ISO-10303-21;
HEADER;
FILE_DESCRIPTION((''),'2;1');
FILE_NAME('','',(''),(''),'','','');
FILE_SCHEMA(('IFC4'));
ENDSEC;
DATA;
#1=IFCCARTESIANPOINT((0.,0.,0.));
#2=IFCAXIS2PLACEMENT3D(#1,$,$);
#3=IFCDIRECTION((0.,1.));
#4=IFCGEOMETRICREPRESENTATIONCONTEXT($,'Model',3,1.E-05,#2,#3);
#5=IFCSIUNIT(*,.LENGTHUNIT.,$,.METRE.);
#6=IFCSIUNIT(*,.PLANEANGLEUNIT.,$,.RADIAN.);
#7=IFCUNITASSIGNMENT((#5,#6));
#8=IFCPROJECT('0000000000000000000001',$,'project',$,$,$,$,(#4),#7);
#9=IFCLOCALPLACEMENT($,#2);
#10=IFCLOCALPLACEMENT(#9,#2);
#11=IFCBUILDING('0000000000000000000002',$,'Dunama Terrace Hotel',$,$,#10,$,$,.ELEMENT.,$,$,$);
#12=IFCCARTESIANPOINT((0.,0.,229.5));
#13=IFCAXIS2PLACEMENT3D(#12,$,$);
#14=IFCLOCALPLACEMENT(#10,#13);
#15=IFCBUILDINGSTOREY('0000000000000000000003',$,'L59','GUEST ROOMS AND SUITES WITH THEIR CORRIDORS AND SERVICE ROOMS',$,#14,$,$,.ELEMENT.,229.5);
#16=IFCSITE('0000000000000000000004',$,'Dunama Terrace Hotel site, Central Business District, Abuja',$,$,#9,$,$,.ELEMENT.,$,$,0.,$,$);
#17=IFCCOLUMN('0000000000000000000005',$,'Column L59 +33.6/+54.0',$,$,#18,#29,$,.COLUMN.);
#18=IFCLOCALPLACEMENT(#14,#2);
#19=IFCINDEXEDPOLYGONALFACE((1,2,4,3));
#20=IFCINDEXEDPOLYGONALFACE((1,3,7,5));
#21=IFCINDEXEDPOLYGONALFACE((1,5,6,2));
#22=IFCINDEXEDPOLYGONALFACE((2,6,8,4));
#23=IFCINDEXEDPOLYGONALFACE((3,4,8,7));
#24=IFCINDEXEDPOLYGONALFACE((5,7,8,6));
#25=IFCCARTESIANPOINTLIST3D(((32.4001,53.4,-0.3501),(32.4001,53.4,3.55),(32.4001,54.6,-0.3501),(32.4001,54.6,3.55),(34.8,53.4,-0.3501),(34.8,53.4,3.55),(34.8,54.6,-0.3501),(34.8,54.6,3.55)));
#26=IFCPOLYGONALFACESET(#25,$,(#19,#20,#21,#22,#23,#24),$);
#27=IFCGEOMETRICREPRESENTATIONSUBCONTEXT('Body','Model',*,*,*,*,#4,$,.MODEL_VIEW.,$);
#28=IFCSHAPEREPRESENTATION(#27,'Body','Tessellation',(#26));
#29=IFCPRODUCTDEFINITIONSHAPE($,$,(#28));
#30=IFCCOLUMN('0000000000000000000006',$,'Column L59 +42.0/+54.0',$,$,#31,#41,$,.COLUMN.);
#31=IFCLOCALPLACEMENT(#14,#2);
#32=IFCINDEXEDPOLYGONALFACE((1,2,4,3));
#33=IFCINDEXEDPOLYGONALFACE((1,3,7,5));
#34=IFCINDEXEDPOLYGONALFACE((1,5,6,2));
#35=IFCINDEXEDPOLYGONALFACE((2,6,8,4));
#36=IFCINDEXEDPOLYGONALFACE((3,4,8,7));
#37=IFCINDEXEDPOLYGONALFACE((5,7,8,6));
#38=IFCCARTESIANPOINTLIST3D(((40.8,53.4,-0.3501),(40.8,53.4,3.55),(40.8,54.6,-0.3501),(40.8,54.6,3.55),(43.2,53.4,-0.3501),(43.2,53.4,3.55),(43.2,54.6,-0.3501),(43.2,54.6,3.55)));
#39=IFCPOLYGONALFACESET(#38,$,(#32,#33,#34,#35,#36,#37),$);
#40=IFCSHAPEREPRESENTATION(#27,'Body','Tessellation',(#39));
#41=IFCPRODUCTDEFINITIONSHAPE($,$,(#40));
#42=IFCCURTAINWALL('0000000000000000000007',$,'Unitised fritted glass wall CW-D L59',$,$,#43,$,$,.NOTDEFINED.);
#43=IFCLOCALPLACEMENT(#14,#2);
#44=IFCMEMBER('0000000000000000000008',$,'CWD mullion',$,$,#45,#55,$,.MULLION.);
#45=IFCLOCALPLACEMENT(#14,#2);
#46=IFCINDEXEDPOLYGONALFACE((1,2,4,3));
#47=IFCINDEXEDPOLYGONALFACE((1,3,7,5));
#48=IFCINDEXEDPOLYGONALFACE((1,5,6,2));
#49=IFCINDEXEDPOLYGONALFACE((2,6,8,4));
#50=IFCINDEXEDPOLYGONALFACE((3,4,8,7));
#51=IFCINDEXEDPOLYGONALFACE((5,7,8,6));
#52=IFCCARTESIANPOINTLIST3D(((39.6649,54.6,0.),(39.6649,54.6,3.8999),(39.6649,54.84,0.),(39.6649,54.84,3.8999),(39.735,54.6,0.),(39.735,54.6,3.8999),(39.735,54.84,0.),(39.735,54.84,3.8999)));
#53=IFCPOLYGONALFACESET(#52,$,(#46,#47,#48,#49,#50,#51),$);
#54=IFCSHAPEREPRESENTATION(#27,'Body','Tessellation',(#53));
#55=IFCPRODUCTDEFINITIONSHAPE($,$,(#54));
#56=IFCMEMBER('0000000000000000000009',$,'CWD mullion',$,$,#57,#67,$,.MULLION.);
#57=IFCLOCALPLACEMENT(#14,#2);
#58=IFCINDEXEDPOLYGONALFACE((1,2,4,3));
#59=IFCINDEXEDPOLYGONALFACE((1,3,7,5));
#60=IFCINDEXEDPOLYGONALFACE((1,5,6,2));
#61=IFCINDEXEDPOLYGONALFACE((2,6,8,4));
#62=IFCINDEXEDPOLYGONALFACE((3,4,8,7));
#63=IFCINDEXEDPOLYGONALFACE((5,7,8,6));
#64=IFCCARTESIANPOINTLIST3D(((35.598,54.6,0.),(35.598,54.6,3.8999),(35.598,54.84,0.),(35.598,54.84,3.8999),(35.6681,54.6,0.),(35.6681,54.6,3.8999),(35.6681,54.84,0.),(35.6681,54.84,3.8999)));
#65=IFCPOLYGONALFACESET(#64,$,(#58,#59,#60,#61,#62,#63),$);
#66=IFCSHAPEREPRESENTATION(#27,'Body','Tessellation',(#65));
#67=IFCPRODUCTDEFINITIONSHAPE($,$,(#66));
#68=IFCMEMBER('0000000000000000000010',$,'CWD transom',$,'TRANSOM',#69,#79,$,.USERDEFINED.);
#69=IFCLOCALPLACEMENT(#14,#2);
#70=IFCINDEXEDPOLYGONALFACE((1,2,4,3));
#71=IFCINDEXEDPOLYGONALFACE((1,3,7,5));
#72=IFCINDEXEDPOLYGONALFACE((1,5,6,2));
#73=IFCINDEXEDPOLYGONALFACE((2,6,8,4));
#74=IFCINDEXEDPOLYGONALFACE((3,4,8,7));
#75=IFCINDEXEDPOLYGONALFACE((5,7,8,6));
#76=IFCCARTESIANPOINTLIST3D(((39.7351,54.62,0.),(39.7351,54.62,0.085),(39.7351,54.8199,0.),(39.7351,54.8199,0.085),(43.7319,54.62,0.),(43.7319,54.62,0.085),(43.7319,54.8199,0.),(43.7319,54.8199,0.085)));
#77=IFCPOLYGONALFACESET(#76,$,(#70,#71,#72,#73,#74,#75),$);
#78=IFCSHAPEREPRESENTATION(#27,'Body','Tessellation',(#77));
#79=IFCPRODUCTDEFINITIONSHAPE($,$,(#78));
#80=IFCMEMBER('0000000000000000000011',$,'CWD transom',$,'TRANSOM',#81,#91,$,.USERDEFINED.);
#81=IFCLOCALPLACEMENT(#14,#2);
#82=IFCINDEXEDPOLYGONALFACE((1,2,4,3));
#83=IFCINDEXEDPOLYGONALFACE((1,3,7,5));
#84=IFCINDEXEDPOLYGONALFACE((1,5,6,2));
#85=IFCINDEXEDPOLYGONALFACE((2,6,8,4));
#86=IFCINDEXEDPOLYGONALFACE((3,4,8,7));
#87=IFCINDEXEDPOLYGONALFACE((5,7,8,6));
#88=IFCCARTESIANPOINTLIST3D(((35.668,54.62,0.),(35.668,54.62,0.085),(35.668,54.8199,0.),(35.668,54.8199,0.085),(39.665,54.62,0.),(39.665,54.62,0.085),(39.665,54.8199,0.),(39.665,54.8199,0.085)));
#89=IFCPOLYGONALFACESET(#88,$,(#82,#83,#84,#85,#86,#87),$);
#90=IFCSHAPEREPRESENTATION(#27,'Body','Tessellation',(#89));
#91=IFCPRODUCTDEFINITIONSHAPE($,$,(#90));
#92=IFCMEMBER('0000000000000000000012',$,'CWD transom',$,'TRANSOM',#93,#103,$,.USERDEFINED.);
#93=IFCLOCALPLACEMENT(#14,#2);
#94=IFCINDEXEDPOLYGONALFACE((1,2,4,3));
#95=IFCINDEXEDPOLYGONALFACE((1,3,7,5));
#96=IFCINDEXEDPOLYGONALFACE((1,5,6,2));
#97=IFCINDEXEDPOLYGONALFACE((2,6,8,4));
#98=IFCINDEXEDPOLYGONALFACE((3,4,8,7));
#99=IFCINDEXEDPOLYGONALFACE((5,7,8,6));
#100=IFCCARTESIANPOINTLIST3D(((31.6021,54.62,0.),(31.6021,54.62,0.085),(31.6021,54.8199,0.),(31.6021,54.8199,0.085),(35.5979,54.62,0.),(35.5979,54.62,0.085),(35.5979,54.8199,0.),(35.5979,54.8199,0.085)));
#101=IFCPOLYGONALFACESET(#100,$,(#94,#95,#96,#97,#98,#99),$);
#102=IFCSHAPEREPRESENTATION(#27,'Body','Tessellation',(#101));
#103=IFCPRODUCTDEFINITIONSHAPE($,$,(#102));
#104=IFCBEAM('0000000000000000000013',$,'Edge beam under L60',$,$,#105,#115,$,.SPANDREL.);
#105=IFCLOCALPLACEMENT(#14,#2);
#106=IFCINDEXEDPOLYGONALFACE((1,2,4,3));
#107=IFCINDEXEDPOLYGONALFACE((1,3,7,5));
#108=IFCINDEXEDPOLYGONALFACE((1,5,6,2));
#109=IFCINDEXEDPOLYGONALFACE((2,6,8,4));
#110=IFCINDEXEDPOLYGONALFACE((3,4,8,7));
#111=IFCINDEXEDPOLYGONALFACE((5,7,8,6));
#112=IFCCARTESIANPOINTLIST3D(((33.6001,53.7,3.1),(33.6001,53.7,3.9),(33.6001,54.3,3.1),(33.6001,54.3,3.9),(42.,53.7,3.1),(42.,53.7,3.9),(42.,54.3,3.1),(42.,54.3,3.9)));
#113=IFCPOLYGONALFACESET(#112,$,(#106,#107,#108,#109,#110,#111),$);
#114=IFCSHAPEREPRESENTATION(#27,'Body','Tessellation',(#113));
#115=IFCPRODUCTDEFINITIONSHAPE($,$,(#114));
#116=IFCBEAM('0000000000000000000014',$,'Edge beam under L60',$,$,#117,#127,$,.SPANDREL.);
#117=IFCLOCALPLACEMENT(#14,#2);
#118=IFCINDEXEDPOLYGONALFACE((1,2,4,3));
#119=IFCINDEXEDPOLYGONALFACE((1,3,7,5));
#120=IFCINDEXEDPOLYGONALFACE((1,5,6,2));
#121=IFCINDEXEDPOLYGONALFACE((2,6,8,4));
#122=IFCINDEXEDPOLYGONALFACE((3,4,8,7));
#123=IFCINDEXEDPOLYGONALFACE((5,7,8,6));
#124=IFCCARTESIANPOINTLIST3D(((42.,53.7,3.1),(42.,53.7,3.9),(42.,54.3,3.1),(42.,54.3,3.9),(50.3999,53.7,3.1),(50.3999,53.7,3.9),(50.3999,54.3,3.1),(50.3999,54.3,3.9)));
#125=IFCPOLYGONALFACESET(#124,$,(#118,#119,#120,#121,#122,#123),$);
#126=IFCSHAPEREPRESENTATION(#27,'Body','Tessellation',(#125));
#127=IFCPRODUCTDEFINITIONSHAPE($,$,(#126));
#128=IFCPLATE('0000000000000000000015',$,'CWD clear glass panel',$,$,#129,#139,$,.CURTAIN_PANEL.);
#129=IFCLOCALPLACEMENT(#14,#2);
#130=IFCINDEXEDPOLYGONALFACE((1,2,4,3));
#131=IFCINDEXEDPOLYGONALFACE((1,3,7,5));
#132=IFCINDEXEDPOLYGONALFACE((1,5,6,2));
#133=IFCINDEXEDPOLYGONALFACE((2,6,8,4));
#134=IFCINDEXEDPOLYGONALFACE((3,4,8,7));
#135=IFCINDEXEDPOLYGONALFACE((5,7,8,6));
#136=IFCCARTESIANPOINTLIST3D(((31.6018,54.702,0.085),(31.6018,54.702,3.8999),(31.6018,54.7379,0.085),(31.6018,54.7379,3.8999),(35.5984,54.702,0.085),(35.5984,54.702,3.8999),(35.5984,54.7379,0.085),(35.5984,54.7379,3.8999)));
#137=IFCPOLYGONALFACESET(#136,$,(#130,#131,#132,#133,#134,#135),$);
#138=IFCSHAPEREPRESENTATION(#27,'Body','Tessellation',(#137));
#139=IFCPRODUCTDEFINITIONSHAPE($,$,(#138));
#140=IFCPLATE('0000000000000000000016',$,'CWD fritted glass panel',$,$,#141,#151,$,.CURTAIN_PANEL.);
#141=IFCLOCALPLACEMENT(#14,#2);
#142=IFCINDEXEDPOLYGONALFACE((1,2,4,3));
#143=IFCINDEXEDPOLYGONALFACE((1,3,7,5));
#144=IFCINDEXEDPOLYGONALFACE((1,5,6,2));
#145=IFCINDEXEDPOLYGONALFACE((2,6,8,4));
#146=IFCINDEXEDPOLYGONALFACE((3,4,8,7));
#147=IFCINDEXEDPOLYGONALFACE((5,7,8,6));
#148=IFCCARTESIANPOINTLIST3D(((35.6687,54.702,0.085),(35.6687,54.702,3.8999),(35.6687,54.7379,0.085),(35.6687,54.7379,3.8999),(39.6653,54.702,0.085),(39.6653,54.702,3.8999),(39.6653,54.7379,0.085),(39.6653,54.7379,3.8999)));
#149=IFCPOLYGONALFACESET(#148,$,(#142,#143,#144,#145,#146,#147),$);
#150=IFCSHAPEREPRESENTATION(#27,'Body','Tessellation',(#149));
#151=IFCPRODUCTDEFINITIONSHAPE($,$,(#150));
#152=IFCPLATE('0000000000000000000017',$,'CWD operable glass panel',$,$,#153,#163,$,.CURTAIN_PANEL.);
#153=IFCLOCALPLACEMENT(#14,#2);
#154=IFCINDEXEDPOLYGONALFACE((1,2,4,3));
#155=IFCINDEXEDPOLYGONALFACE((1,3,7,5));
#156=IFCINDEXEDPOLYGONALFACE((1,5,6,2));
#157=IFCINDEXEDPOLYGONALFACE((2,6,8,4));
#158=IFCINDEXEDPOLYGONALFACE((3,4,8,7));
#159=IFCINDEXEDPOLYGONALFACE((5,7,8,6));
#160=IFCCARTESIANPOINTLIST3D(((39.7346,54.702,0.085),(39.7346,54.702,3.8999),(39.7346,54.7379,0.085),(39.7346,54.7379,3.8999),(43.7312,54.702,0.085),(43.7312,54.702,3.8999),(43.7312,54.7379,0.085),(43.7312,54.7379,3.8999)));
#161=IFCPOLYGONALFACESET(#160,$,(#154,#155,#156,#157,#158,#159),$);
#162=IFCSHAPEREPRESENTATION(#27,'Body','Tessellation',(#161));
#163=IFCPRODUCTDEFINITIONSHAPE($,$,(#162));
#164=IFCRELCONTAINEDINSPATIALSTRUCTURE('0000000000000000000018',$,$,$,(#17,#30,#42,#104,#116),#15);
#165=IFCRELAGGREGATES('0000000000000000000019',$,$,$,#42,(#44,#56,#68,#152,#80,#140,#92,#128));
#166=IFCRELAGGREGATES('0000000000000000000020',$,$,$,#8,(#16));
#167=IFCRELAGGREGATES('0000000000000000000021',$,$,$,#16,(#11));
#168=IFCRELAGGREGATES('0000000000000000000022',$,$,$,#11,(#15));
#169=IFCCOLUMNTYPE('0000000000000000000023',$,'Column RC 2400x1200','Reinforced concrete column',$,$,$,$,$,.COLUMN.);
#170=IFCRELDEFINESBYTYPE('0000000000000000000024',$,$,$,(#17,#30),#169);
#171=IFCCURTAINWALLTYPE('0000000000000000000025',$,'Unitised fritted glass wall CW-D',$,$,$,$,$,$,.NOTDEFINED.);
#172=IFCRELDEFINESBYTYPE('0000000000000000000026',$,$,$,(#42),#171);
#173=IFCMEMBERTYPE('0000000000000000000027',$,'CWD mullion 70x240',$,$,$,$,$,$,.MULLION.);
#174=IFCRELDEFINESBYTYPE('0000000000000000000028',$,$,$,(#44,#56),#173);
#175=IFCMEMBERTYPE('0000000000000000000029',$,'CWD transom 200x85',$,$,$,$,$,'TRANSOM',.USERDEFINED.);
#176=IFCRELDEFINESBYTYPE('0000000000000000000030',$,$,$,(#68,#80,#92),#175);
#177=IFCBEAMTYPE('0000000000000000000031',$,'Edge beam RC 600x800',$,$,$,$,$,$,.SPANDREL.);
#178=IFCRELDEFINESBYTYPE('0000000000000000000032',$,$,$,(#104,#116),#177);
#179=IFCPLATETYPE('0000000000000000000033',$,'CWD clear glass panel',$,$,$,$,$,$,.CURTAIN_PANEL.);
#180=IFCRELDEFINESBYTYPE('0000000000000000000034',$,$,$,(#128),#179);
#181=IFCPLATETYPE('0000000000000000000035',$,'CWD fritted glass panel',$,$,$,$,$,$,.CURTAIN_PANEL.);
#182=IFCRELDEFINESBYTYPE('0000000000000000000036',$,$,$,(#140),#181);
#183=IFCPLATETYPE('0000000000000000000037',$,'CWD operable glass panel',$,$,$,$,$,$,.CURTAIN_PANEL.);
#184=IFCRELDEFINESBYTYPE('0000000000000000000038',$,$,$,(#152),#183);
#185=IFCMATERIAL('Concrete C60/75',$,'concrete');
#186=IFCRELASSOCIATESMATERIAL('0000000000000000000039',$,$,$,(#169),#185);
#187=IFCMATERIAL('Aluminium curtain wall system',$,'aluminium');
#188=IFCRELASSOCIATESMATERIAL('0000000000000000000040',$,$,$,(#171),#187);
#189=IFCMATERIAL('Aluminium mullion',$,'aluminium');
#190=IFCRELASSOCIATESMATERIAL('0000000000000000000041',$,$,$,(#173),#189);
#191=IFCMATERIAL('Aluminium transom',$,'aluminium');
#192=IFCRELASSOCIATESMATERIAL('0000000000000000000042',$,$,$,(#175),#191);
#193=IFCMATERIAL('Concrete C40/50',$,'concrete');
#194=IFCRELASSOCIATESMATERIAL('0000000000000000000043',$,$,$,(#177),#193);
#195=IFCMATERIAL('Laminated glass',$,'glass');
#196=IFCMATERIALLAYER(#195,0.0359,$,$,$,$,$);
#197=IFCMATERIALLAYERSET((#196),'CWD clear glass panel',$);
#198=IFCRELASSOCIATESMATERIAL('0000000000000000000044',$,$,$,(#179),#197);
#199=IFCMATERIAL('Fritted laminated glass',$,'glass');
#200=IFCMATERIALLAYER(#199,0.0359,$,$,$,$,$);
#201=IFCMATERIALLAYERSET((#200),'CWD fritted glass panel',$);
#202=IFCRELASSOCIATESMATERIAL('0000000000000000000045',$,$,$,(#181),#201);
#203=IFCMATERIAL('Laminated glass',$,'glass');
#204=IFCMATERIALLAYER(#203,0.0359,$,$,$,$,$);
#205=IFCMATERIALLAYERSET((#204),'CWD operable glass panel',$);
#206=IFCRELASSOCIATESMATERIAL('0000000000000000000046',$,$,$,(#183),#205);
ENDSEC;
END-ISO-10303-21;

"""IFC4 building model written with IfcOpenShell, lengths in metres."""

from ifc_helpers import new_model, si_unit, direction, frame, origin, origin_2d, place, context, subcontext, project, spatial, rectangle, extrude, material, layer, layer_set, material_profile, profile_set, type_object, element, aggregate, save


model = new_model("IFC4")

# Units and contexts
model_context = context("Model", 3, precision=1e-05, world=origin(), true_north=direction((0.0, 1.0)))
body_context = subcontext(model_context, "Body", "Model", "MODEL_VIEW")
ifc_project = project(units=[si_unit("LENGTHUNIT", "METRE"), si_unit("PLANEANGLEUNIT", "RADIAN")], contexts=[model_context])

# Site, building, storey
site_placement = place(None, origin())
site = spatial("IfcSite", under=ifc_project, at=site_placement, Name="Dunama Terrace Hotel site, Central Business District, Abuja", CompositionType="ELEMENT", RefElevation=0.0)
building_placement = place(site_placement, origin())
building = spatial("IfcBuilding", under=site, at=building_placement, Name="Dunama Terrace Hotel", CompositionType="ELEMENT")
storey_placement = place(building_placement, frame((0.0, 0.0, 229.5)))
storey = spatial("IfcBuildingStorey", under=building, at=storey_placement, Name="L59", Description="GUEST ROOMS AND SUITES WITH THEIR CORRIDORS AND SERVICE ROOMS", CompositionType="ELEMENT", Elevation=229.5)

# Columns
ifc_material_1 = material(Name="Concrete C60/75", Category="concrete")
ifc_material_profile_1 = material_profile(ifc_material_1, rectangle(XDim=2.3999, YDim=1.2, at=origin_2d()), Name="RC 2400x1200")
ifc_profile_set_1 = profile_set([ifc_material_profile_1], Name="Concrete C60/75")
column_type = type_object("IfcColumnType", Name="Column RC 2400x1200", Description="Reinforced concrete column", PredefinedType="COLUMN", material=ifc_profile_set_1)
for number, where, z_axis, x_axis, name in (
    (1, (33.6001, 54.0, -0.3501), (0.0, 0.0, 1.0), (1.0, 0.0, 0.0), "Column L59 +33.6/+54.0"),
    (2, (42.0, 54.0, -0.3501), (0.0, 0.0, 1.0), (1.0, 0.0, 0.0), "Column L59 +42.0/+54.0"),
):
    element("IfcColumn", number, at=place(storey_placement, frame(where, z_axis=z_axis, x_axis=x_axis)), inside=storey, type_object=column_type, Name=name, PredefinedType="COLUMN", context=body_context, shape_type="SweptSolid", body=[
        extrude(rectangle(XDim=2.3999, YDim=1.2, at=origin_2d()), origin(), (0.0, 0.0, 1.0), 3.9001),
    ])

# Curtain wall, members
ifc_material_2 = material(Name="Aluminium curtain wall system", Category="aluminium")
curtain_wall_type = type_object("IfcCurtainWallType", Name="Unitised fritted glass wall CW-D", PredefinedType="NOTDEFINED", material=ifc_material_2)
curtain_wall_placement = place(storey_placement, origin())
curtain_wall = element("IfcCurtainWall", 3, at=curtain_wall_placement, inside=storey, type_object=curtain_wall_type, Name="Unitised fritted glass wall CW-D L59", PredefinedType="NOTDEFINED")
ifc_material_3 = material(Name="Aluminium mullion", Category="aluminium")
ifc_material_profile_2 = material_profile(ifc_material_3, rectangle(XDim=0.0701, YDim=0.24, at=origin_2d()), Name="CWD MULLION 70X240")
ifc_profile_set_2 = profile_set([ifc_material_profile_2], Name="Aluminium mullion")
member_type_1 = type_object("IfcMemberType", Name="CWD mullion 70x240", PredefinedType="MULLION", material=ifc_profile_set_2)
member_1_placement = place(storey_placement, frame((39.7, 54.72, 0.0), z_axis=(0.0, 0.0, 1.0), x_axis=(-1.0, 0.0, 0.0)))
member_1 = element("IfcMember", 4, at=member_1_placement, type_object=member_type_1, Name="CWD mullion", PredefinedType="MULLION", context=body_context, shape_type="SweptSolid", body=[
    extrude(rectangle(XDim=0.0701, YDim=0.24, at=origin_2d()), origin(), (0.0, 0.0, 1.0), 3.8999),
])
member_2_placement = place(storey_placement, frame((35.6331, 54.72, 0.0), z_axis=(0.0, 0.0, 1.0), x_axis=(-1.0, 0.0, 0.0)))
member_2 = element("IfcMember", 5, at=member_2_placement, type_object=member_type_1, Name="CWD mullion", PredefinedType="MULLION", context=body_context, shape_type="SweptSolid", body=[
    extrude(rectangle(XDim=0.0701, YDim=0.24, at=origin_2d()), origin(), (0.0, 0.0, 1.0), 3.8999),
])
ifc_material_4 = material(Name="Aluminium transom", Category="aluminium")
ifc_material_profile_3 = material_profile(ifc_material_4, rectangle(XDim=0.2, YDim=0.085, at=origin_2d()), Name="CWD TRANSOM 200X85")
ifc_profile_set_3 = profile_set([ifc_material_profile_3], Name="Aluminium transom")
member_type_2 = type_object("IfcMemberType", Name="CWD transom 200x85", ElementType="TRANSOM", PredefinedType="USERDEFINED", material=ifc_profile_set_3)
member_3_placement = place(storey_placement, frame((43.7319, 54.72, 0.0425), z_axis=(-1.0, 0.0, 0.0), x_axis=(0.0, -1.0, 0.0)))
member_3 = element("IfcMember", 6, at=member_3_placement, type_object=member_type_2, Name="CWD transom", ObjectType="TRANSOM", PredefinedType="USERDEFINED", context=body_context, shape_type="SweptSolid", body=[
    extrude(rectangle(XDim=0.2, YDim=0.085, at=origin_2d()), origin(), (0.0, 0.0, 1.0), 3.9968),
])
member_4_placement = place(storey_placement, frame((39.665, 54.72, 0.0425), z_axis=(-1.0, 0.0, 0.0), x_axis=(0.0, -1.0, 0.0)))
member_4 = element("IfcMember", 7, at=member_4_placement, type_object=member_type_2, Name="CWD transom", ObjectType="TRANSOM", PredefinedType="USERDEFINED", context=body_context, shape_type="SweptSolid", body=[
    extrude(rectangle(XDim=0.2, YDim=0.085, at=origin_2d()), origin(), (0.0, 0.0, 1.0), 3.9971),
])
member_5_placement = place(storey_placement, frame((35.5979, 54.72, 0.0425), z_axis=(-1.0, 0.0, 0.0), x_axis=(0.0, -1.0, 0.0)))
member_5 = element("IfcMember", 8, at=member_5_placement, type_object=member_type_2, Name="CWD transom", ObjectType="TRANSOM", PredefinedType="USERDEFINED", context=body_context, shape_type="SweptSolid", body=[
    extrude(rectangle(XDim=0.2, YDim=0.085, at=origin_2d()), origin(), (0.0, 0.0, 1.0), 3.9958),
])

# Beams
ifc_material_5 = material(Name="Concrete C40/50", Category="concrete")
ifc_material_profile_4 = material_profile(ifc_material_5, rectangle(XDim=0.6001, YDim=0.8, at=origin_2d()), Name="RC 600x800")
ifc_profile_set_4 = profile_set([ifc_material_profile_4], Name="Concrete C40/50")
beam_type = type_object("IfcBeamType", Name="Edge beam RC 600x800", PredefinedType="SPANDREL", material=ifc_profile_set_4)
for number, where, z_axis, x_axis, name in (
    (9, (33.6001, 54.0, 3.5), (1.0, 0.0, 0.0), (0.0, 1.0, 0.0), "Edge beam under L60"),
    (10, (42.0, 54.0, 3.5), (1.0, 0.0, 0.0), (0.0, 1.0, 0.0), "Edge beam under L60"),
):
    element("IfcBeam", number, at=place(storey_placement, frame(where, z_axis=z_axis, x_axis=x_axis)), inside=storey, type_object=beam_type, Name=name, PredefinedType="SPANDREL", context=body_context, shape_type="SweptSolid", body=[
        extrude(rectangle(XDim=0.6001, YDim=0.8, at=origin_2d()), origin(), (0.0, 0.0, 1.0), 8.3999),
    ])

# Plates
ifc_material_6 = material(Name="Laminated glass", Category="glass")
ifc_layer_1 = layer(ifc_material_6, 0.0359)
ifc_layer_set_1 = layer_set([ifc_layer_1], Name="CWD clear glass panel")
plate_type_1 = type_object("IfcPlateType", Name="CWD clear glass panel", PredefinedType="CURTAIN_PANEL", material=ifc_layer_set_1)
plate_1_placement = place(storey_placement, frame((33.6001, 54.72, 0.085), z_axis=(0.0, 0.0, 1.0), x_axis=(-1.0, 0.0, 0.0)))
plate_1 = element("IfcPlate", 11, at=plate_1_placement, type_object=plate_type_1, Name="CWD clear glass panel", PredefinedType="CURTAIN_PANEL", context=body_context, shape_type="SweptSolid", body=[
    extrude(rectangle(XDim=3.9966, YDim=0.0359, at=origin_2d()), origin(), (0.0, 0.0, 1.0), 3.8149),
])
ifc_material_7 = material(Name="Fritted laminated glass", Category="glass")
ifc_layer_2 = layer(ifc_material_7, 0.0359)
ifc_layer_set_2 = layer_set([ifc_layer_2], Name="CWD fritted glass panel")
plate_type_2 = type_object("IfcPlateType", Name="CWD fritted glass panel", PredefinedType="CURTAIN_PANEL", material=ifc_layer_set_2)
plate_2_placement = place(storey_placement, frame((37.667, 54.72, 0.085), z_axis=(0.0, 0.0, 1.0), x_axis=(-1.0, 0.0, 0.0)))
plate_2 = element("IfcPlate", 12, at=plate_2_placement, type_object=plate_type_2, Name="CWD fritted glass panel", PredefinedType="CURTAIN_PANEL", context=body_context, shape_type="SweptSolid", body=[
    extrude(rectangle(XDim=3.9966, YDim=0.0359, at=origin_2d()), origin(), (0.0, 0.0, 1.0), 3.8149),
])
ifc_material_8 = material(Name="Laminated glass", Category="glass")
ifc_layer_3 = layer(ifc_material_8, 0.0359)
ifc_layer_set_3 = layer_set([ifc_layer_3], Name="CWD operable glass panel")
plate_type_3 = type_object("IfcPlateType", Name="CWD operable glass panel", PredefinedType="CURTAIN_PANEL", material=ifc_layer_set_3)
plate_3_placement = place(storey_placement, frame((41.7329, 54.72, 0.085), z_axis=(0.0, 0.0, 1.0), x_axis=(-1.0, 0.0, 0.0)))
plate_3 = element("IfcPlate", 13, at=plate_3_placement, type_object=plate_type_3, Name="CWD operable glass panel", PredefinedType="CURTAIN_PANEL", context=body_context, shape_type="SweptSolid", body=[
    extrude(rectangle(XDim=3.9966, YDim=0.0359, at=origin_2d()), origin(), (0.0, 0.0, 1.0), 3.8149),
])
aggregate(curtain_wall, [member_1, member_2, member_3, plate_3, member_4, plate_2, member_5, plate_1])

save(model, "model.ifc")
